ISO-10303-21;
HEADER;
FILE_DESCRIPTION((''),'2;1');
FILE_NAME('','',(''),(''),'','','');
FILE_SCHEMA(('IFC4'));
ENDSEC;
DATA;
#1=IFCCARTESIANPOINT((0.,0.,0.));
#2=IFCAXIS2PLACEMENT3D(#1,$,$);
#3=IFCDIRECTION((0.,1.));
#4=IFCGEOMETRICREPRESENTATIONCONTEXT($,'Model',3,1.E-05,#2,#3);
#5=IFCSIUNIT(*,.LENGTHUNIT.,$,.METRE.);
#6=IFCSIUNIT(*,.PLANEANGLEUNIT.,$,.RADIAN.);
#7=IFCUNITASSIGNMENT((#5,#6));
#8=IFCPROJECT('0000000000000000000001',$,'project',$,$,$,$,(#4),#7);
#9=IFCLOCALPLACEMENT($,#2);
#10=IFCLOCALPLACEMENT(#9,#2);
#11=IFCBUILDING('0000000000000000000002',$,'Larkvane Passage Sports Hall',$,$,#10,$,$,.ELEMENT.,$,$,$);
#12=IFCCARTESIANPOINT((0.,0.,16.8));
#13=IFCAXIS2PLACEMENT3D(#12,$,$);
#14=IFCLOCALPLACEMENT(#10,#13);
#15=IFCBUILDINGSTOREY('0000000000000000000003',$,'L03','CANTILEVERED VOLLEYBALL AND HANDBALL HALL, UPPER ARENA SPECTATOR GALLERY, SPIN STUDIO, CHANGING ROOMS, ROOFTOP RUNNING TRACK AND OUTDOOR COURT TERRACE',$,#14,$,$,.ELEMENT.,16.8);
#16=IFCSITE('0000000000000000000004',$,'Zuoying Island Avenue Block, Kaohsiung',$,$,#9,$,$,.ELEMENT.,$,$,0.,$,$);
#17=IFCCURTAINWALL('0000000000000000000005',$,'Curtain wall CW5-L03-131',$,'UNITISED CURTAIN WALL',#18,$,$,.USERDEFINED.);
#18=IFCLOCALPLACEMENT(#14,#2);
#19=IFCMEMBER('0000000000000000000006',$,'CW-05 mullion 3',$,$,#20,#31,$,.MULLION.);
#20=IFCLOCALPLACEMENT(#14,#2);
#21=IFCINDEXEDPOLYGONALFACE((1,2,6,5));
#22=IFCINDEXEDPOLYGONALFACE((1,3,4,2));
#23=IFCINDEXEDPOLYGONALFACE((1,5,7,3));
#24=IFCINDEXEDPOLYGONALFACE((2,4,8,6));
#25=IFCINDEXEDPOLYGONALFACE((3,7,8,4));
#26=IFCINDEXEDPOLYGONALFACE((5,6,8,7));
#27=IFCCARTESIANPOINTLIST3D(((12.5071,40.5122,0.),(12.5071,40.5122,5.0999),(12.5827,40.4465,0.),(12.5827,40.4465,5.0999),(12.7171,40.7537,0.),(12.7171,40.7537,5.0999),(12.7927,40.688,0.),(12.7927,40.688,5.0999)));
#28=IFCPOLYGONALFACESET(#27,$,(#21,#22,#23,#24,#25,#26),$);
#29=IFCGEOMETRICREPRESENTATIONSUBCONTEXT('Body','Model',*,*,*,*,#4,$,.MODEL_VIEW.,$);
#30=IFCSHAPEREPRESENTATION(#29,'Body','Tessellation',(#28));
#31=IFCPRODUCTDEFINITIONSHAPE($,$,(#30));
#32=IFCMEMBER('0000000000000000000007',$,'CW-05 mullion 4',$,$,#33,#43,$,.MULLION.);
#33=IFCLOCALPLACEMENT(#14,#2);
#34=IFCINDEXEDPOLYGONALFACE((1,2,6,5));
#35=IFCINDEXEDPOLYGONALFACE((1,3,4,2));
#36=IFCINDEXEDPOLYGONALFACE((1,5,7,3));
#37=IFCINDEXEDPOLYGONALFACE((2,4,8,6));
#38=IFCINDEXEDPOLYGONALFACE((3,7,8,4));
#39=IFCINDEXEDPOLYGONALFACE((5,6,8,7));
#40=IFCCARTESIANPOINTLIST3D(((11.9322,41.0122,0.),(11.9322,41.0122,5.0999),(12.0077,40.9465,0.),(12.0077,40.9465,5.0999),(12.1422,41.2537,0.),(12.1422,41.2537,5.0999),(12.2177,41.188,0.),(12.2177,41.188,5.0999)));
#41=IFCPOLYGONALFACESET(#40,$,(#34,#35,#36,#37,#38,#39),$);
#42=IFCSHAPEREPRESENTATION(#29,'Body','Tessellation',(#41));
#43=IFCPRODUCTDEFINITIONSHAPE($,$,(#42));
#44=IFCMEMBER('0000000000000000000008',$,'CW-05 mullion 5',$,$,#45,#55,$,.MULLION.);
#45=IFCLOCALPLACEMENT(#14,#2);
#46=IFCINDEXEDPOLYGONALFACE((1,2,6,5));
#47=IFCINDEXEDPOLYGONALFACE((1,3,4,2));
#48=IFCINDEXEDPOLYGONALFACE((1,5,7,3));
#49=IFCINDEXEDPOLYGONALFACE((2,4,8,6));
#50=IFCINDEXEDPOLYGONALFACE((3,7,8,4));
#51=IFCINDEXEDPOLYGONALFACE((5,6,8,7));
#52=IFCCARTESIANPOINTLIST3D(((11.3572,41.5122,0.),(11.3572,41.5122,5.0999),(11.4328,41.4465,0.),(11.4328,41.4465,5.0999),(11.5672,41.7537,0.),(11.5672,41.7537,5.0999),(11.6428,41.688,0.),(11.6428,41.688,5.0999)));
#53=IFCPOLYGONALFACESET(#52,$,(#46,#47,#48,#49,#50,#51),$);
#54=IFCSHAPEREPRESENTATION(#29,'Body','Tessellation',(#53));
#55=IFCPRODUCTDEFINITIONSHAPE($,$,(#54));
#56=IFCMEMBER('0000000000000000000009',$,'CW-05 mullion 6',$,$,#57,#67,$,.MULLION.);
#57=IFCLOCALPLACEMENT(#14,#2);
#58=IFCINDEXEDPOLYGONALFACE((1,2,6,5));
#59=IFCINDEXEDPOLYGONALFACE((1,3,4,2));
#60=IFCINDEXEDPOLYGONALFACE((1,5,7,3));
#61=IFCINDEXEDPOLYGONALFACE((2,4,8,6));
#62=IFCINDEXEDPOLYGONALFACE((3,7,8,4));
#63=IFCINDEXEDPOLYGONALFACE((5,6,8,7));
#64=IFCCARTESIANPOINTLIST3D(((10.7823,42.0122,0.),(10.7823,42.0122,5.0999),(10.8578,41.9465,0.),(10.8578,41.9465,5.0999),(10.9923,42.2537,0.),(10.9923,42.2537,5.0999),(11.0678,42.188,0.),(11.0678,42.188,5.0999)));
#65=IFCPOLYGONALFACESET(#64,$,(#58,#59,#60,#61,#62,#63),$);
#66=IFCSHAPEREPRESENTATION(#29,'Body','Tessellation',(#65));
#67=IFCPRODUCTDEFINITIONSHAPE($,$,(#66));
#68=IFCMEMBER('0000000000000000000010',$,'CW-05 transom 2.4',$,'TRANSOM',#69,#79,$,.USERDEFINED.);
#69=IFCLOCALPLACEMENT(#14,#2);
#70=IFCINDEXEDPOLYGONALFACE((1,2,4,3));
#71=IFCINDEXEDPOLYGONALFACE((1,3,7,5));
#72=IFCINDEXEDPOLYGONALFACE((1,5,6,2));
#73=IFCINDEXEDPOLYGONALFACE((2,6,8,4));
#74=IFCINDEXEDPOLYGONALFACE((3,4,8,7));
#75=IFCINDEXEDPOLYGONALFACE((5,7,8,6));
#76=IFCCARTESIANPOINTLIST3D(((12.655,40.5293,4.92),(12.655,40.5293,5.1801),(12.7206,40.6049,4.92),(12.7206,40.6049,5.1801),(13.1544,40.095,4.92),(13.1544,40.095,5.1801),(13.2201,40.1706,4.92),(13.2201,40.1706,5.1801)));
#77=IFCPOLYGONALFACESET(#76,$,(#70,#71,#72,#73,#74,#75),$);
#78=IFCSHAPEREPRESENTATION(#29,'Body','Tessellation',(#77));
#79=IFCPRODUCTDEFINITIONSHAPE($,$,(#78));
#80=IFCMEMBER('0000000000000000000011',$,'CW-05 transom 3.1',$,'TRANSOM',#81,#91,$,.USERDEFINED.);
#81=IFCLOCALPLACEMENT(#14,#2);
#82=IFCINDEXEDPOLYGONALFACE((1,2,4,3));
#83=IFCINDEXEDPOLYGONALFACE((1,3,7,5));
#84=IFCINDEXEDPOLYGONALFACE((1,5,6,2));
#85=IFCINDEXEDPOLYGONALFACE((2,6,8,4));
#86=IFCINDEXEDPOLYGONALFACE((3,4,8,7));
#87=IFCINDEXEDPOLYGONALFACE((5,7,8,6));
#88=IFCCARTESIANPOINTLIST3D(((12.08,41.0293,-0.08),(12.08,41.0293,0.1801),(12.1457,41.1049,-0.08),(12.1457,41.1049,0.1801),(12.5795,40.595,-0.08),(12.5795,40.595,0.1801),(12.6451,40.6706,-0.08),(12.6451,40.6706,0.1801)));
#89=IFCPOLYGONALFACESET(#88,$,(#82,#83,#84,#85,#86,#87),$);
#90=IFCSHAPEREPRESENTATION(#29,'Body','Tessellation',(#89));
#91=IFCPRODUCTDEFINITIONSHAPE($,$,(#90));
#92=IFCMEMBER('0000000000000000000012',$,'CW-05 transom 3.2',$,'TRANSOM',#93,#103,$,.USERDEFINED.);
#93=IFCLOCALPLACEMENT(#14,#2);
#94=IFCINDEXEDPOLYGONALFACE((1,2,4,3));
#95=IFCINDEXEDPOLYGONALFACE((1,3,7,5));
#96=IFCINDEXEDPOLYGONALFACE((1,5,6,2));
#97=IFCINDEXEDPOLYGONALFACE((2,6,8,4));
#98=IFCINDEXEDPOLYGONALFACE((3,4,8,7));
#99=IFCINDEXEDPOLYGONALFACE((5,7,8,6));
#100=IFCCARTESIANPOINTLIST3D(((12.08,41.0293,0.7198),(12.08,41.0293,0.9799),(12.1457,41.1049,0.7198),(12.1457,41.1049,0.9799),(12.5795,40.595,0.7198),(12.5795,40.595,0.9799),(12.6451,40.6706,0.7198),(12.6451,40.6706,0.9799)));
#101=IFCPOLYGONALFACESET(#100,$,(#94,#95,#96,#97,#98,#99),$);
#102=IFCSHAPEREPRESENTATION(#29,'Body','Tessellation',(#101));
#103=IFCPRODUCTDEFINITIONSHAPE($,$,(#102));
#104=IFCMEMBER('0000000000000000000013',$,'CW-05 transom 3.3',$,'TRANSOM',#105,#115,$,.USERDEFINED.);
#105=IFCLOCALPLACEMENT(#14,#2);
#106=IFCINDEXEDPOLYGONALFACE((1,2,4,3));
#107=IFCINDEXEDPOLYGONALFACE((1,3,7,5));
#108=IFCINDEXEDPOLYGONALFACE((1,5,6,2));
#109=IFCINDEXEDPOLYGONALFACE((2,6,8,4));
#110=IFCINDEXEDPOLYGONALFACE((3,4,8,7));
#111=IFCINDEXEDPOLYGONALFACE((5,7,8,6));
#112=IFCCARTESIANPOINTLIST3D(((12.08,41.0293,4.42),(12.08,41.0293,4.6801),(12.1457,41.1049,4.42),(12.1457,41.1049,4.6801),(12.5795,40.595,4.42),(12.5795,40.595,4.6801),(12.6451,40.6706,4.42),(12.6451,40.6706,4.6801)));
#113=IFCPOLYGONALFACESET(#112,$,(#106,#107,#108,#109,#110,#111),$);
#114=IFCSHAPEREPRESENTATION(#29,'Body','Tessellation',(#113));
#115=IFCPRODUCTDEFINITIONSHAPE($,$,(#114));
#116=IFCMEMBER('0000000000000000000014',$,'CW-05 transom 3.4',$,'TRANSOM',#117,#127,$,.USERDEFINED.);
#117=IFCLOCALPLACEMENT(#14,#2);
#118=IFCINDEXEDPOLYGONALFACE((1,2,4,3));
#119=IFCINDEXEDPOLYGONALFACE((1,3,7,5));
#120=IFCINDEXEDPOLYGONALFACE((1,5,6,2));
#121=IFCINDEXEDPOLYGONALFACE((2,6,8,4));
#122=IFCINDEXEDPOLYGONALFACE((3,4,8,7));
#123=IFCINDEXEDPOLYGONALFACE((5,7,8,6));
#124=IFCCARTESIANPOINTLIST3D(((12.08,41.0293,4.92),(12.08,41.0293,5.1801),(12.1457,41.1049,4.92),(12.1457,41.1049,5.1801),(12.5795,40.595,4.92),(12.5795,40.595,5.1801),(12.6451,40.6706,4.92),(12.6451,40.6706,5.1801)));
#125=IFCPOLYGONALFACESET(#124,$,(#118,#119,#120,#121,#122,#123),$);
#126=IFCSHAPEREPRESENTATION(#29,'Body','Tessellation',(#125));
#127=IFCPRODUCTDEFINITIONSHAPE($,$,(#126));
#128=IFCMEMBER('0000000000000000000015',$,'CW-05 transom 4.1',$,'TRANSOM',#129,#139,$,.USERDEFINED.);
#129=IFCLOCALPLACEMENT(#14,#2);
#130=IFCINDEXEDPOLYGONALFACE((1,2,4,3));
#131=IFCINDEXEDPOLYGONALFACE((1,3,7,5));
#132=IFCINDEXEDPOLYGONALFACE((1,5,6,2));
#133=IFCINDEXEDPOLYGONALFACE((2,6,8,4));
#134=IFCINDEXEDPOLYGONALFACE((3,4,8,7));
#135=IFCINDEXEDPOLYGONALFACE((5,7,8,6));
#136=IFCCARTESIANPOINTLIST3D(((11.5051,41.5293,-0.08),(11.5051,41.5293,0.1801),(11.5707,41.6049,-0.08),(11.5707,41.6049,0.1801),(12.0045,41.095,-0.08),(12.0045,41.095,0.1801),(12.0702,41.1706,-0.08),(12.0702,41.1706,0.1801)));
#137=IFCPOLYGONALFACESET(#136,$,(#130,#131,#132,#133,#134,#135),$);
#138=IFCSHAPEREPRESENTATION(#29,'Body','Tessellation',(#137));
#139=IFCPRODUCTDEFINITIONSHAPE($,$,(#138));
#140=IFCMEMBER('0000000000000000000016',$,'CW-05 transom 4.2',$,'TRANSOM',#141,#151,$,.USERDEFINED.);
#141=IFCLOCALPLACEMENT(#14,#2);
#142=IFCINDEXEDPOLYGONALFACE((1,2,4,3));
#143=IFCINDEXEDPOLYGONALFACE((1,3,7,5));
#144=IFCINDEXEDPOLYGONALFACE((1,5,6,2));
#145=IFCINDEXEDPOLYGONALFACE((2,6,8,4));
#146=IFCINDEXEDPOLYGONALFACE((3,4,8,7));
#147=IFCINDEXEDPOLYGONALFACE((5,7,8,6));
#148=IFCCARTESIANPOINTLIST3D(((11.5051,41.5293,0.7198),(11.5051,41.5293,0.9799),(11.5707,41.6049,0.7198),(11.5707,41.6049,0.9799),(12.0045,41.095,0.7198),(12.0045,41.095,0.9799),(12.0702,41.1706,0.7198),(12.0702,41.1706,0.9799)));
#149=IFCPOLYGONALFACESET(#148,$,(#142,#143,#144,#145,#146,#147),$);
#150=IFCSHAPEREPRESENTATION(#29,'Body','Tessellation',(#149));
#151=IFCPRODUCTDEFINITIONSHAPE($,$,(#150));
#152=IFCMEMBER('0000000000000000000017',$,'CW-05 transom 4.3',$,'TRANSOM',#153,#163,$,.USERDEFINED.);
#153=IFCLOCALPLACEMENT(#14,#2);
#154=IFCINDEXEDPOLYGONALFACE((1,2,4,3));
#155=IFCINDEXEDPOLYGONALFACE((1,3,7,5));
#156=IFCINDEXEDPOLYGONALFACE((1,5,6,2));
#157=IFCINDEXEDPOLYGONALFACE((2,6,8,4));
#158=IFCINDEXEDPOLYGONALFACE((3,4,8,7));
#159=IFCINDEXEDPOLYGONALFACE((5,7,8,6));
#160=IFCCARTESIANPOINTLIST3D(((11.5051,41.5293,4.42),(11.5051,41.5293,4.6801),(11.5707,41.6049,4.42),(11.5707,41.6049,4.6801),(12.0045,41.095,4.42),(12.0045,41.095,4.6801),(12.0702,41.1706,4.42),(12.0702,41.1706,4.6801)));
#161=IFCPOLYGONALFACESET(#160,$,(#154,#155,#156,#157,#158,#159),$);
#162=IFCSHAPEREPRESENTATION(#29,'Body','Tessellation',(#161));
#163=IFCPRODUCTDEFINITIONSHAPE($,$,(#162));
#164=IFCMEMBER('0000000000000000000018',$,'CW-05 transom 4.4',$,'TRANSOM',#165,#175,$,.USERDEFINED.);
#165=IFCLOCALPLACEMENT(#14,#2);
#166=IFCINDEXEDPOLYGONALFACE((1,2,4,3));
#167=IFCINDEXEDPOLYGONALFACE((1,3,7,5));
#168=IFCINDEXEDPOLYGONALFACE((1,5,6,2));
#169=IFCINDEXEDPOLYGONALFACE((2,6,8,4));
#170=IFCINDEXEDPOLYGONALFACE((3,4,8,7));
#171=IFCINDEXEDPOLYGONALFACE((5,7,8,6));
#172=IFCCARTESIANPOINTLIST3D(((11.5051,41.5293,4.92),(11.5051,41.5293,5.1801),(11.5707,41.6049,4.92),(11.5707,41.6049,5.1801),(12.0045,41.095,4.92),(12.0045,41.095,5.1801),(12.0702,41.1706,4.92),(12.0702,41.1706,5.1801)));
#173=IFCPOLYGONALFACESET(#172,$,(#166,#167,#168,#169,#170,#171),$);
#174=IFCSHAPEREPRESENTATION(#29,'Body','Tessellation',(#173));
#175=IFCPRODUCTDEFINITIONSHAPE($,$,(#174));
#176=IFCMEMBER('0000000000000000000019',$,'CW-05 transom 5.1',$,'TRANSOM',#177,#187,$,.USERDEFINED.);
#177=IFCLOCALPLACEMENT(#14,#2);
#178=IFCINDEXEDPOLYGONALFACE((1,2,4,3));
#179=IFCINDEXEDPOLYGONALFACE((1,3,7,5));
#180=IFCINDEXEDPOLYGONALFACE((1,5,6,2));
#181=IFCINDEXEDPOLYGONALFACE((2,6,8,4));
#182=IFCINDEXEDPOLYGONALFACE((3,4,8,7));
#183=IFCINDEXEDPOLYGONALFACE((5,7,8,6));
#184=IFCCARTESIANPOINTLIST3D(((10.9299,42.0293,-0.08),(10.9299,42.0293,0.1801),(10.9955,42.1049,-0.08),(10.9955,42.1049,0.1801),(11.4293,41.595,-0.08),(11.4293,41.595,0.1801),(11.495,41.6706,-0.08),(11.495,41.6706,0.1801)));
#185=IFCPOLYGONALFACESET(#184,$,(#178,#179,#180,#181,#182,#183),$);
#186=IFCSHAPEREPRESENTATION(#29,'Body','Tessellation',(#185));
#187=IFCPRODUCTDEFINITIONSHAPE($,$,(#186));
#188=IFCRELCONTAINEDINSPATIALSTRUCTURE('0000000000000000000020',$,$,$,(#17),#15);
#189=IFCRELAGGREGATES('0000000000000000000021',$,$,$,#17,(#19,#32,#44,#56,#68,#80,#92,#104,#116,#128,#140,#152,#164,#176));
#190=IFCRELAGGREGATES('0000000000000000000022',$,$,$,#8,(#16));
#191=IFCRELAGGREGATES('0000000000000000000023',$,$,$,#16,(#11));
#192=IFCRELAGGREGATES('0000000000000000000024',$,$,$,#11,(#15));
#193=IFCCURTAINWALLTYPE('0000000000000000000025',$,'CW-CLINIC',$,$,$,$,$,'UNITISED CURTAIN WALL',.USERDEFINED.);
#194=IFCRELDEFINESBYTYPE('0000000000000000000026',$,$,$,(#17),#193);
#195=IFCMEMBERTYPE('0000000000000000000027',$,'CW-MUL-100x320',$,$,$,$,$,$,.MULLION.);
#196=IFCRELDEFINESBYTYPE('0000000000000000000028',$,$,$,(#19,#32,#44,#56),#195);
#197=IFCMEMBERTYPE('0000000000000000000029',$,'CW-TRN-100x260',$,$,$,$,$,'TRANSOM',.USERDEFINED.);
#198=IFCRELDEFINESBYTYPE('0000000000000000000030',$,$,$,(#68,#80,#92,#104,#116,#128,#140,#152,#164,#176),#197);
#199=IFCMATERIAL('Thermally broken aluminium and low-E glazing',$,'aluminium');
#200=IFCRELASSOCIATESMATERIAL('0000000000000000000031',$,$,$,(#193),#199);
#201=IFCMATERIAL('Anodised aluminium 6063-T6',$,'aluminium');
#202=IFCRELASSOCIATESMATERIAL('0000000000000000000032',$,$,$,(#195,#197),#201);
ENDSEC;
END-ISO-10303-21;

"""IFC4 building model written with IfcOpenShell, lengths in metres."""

from ifc_helpers import new_model, si_unit, direction, frame, origin, origin_2d, place, context, subcontext, project, spatial, rectangle, extrude, material, material_profile, profile_set, type_object, element, aggregate, save


model = new_model("IFC4")

# Units and contexts
model_context = context("Model", 3, precision=1e-05, world=origin(), true_north=direction((0.0, 1.0)))
body_context = subcontext(model_context, "Body", "Model", "MODEL_VIEW")
ifc_project = project(units=[si_unit("LENGTHUNIT", "METRE"), si_unit("PLANEANGLEUNIT", "RADIAN")], contexts=[model_context])

# Site, building, storey
site_placement = place(None, origin())
site = spatial("IfcSite", under=ifc_project, at=site_placement, Name="Zuoying Island Avenue Block, Kaohsiung", CompositionType="ELEMENT", RefElevation=0.0)
building_placement = place(site_placement, origin())
building = spatial("IfcBuilding", under=site, at=building_placement, Name="Larkvane Passage Sports Hall", CompositionType="ELEMENT")
storey_placement = place(building_placement, frame((0.0, 0.0, 16.8)))
storey = spatial("IfcBuildingStorey", under=building, at=storey_placement, Name="L03", Description="CANTILEVERED VOLLEYBALL AND HANDBALL HALL, UPPER ARENA SPECTATOR GALLERY, SPIN STUDIO, CHANGING ROOMS, ROOFTOP RUNNING TRACK AND OUTDOOR COURT TERRACE", CompositionType="ELEMENT", Elevation=16.8)

# Curtain wall, members
ifc_material_1 = material(Name="Thermally broken aluminium and low-E glazing", Category="aluminium")
curtain_wall_type = type_object("IfcCurtainWallType", Name="CW-CLINIC", ElementType="UNITISED CURTAIN WALL", PredefinedType="USERDEFINED", material=ifc_material_1)
curtain_wall_placement = place(storey_placement, origin())
curtain_wall = element("IfcCurtainWall", 1, at=curtain_wall_placement, inside=storey, type_object=curtain_wall_type, Name="Curtain wall CW5-L03-131", ObjectType="UNITISED CURTAIN WALL", PredefinedType="USERDEFINED")
ifc_material_2 = material(Name="Anodised aluminium 6063-T6", Category="aluminium")
ifc_material_profile_1 = material_profile(ifc_material_2, rectangle(XDim=0.1001, YDim=0.3201, at=origin_2d()), Name="ALU-MUL-100x320")
ifc_profile_set_1 = profile_set([ifc_material_profile_1], Name="Anodised aluminium 6063-T6")
member_type_1 = type_object("IfcMemberType", Name="CW-MUL-100x320", PredefinedType="MULLION", material=ifc_profile_set_1)
member_1_placement = place(storey_placement, frame((12.6499, 40.6001, 0.0), z_axis=(0.0, 0.0, 1.0), x_axis=(-0.754606, 0.656179, 0.0)))
member_1 = element("IfcMember", 2, at=member_1_placement, type_object=member_type_1, Name="CW-05 mullion 3", PredefinedType="MULLION", context=body_context, shape_type="SweptSolid", body=[
    extrude(rectangle(XDim=0.1001, YDim=0.3201, at=origin_2d()), origin(), (0.0, 0.0, 1.0), 5.0999),
])
member_2_placement = place(storey_placement, frame((12.075, 41.1001, 0.0), z_axis=(0.0, 0.0, 1.0), x_axis=(-0.754606, 0.656179, 0.0)))
member_2 = element("IfcMember", 3, at=member_2_placement, type_object=member_type_1, Name="CW-05 mullion 4", PredefinedType="MULLION", context=body_context, shape_type="SweptSolid", body=[
    extrude(rectangle(XDim=0.1001, YDim=0.3201, at=origin_2d()), origin(), (0.0, 0.0, 1.0), 5.0999),
])
member_3_placement = place(storey_placement, frame((11.5, 41.6001, 0.0), z_axis=(0.0, 0.0, 1.0), x_axis=(-0.754606, 0.656179, 0.0)))
member_3 = element("IfcMember", 4, at=member_3_placement, type_object=member_type_1, Name="CW-05 mullion 5", PredefinedType="MULLION", context=body_context, shape_type="SweptSolid", body=[
    extrude(rectangle(XDim=0.1001, YDim=0.3201, at=origin_2d()), origin(), (0.0, 0.0, 1.0), 5.0999),
])
member_4_placement = place(storey_placement, frame((10.925, 42.1001, 0.0), z_axis=(0.0, 0.0, 1.0), x_axis=(-0.754606, 0.656179, 0.0)))
member_4 = element("IfcMember", 5, at=member_4_placement, type_object=member_type_1, Name="CW-05 mullion 6", PredefinedType="MULLION", context=body_context, shape_type="SweptSolid", body=[
    extrude(rectangle(XDim=0.1001, YDim=0.3201, at=origin_2d()), origin(), (0.0, 0.0, 1.0), 5.0999),
])
ifc_material_profile_2 = material_profile(ifc_material_2, rectangle(XDim=0.1001, YDim=0.26, at=origin_2d()), Name="ALU-TRN-100x260")
ifc_profile_set_2 = profile_set([ifc_material_profile_2], Name="Anodised aluminium 6063-T6")
member_type_2 = type_object("IfcMemberType", Name="CW-TRN-100x260", ElementType="TRANSOM", PredefinedType="USERDEFINED", material=ifc_profile_set_2)
member_5_placement = place(storey_placement, frame((13.1873, 40.1328, 5.05), z_axis=(-0.754629, 0.656151, 0.0), x_axis=(-0.656151, -0.754629, 0.0)))
member_5 = element("IfcMember", 6, at=member_5_placement, type_object=member_type_2, Name="CW-05 transom 2.4", ObjectType="TRANSOM", PredefinedType="USERDEFINED", context=body_context, shape_type="SweptSolid", body=[
    extrude(rectangle(XDim=0.1001, YDim=0.26, at=origin_2d()), origin(), (0.0, 0.0, 1.0), 0.6619),
])
member_6_placement = place(storey_placement, frame((12.6123, 40.6328, 0.05), z_axis=(-0.754629, 0.656151, 0.0), x_axis=(-0.656151, -0.754629, 0.0)))
member_6 = element("IfcMember", 7, at=member_6_placement, type_object=member_type_2, Name="CW-05 transom 3.1", ObjectType="TRANSOM", PredefinedType="USERDEFINED", context=body_context, shape_type="SweptSolid", body=[
    extrude(rectangle(XDim=0.1001, YDim=0.26, at=origin_2d()), origin(), (0.0, 0.0, 1.0), 0.6619),
])
member_7_placement = place(storey_placement, frame((12.6123, 40.6328, 0.8499), z_axis=(-0.754629, 0.656151, 0.0), x_axis=(-0.656151, -0.754629, 0.0)))
member_7 = element("IfcMember", 8, at=member_7_placement, type_object=member_type_2, Name="CW-05 transom 3.2", ObjectType="TRANSOM", PredefinedType="USERDEFINED", context=body_context, shape_type="SweptSolid", body=[
    extrude(rectangle(XDim=0.1001, YDim=0.26, at=origin_2d()), origin(), (0.0, 0.0, 1.0), 0.6619),
])
member_8_placement = place(storey_placement, frame((12.6123, 40.6328, 4.55), z_axis=(-0.754629, 0.656151, 0.0), x_axis=(-0.656151, -0.754629, 0.0)))
member_8 = element("IfcMember", 9, at=member_8_placement, type_object=member_type_2, Name="CW-05 transom 3.3", ObjectType="TRANSOM", PredefinedType="USERDEFINED", context=body_context, shape_type="SweptSolid", body=[
    extrude(rectangle(XDim=0.1001, YDim=0.26, at=origin_2d()), origin(), (0.0, 0.0, 1.0), 0.6619),
])
member_9_placement = place(storey_placement, frame((12.6123, 40.6328, 5.05), z_axis=(-0.754629, 0.656151, 0.0), x_axis=(-0.656151, -0.754629, 0.0)))
member_9 = element("IfcMember", 10, at=member_9_placement, type_object=member_type_2, Name="CW-05 transom 3.4", ObjectType="TRANSOM", PredefinedType="USERDEFINED", context=body_context, shape_type="SweptSolid", body=[
    extrude(rectangle(XDim=0.1001, YDim=0.26, at=origin_2d()), origin(), (0.0, 0.0, 1.0), 0.6619),
])
member_10_placement = place(storey_placement, frame((12.0374, 41.1328, 0.05), z_axis=(-0.754629, 0.656151, 0.0), x_axis=(-0.656151, -0.754629, 0.0)))
member_10 = element("IfcMember", 11, at=member_10_placement, type_object=member_type_2, Name="CW-05 transom 4.1", ObjectType="TRANSOM", PredefinedType="USERDEFINED", context=body_context, shape_type="SweptSolid", body=[
    extrude(rectangle(XDim=0.1001, YDim=0.26, at=origin_2d()), origin(), (0.0, 0.0, 1.0), 0.6619),
])
member_11_placement = place(storey_placement, frame((12.0374, 41.1328, 0.8499), z_axis=(-0.754629, 0.656151, 0.0), x_axis=(-0.656151, -0.754629, 0.0)))
member_11 = element("IfcMember", 12, at=member_11_placement, type_object=member_type_2, Name="CW-05 transom 4.2", ObjectType="TRANSOM", PredefinedType="USERDEFINED", context=body_context, shape_type="SweptSolid", body=[
    extrude(rectangle(XDim=0.1001, YDim=0.26, at=origin_2d()), origin(), (0.0, 0.0, 1.0), 0.6619),
])
member_12_placement = place(storey_placement, frame((12.0374, 41.1328, 4.55), z_axis=(-0.754629, 0.656151, 0.0), x_axis=(-0.656151, -0.754629, 0.0)))
member_12 = element("IfcMember", 13, at=member_12_placement, type_object=member_type_2, Name="CW-05 transom 4.3", ObjectType="TRANSOM", PredefinedType="USERDEFINED", context=body_context, shape_type="SweptSolid", body=[
    extrude(rectangle(XDim=0.1001, YDim=0.26, at=origin_2d()), origin(), (0.0, 0.0, 1.0), 0.6619),
])
member_13_placement = place(storey_placement, frame((12.0374, 41.1328, 5.05), z_axis=(-0.754629, 0.656151, 0.0), x_axis=(-0.656151, -0.754629, 0.0)))
member_13 = element("IfcMember", 14, at=member_13_placement, type_object=member_type_2, Name="CW-05 transom 4.4", ObjectType="TRANSOM", PredefinedType="USERDEFINED", context=body_context, shape_type="SweptSolid", body=[
    extrude(rectangle(XDim=0.1001, YDim=0.26, at=origin_2d()), origin(), (0.0, 0.0, 1.0), 0.6619),
])
member_14_placement = place(storey_placement, frame((11.4622, 41.6328, 0.05), z_axis=(-0.754629, 0.656151, 0.0), x_axis=(-0.656151, -0.754629, 0.0)))
member_14 = element("IfcMember", 15, at=member_14_placement, type_object=member_type_2, Name="CW-05 transom 5.1", ObjectType="TRANSOM", PredefinedType="USERDEFINED", context=body_context, shape_type="SweptSolid", body=[
    extrude(rectangle(XDim=0.1001, YDim=0.26, at=origin_2d()), origin(), (0.0, 0.0, 1.0), 0.6619),
])
aggregate(curtain_wall, [member_1, member_2, member_3, member_4, member_5, member_6, member_7, member_8, member_9, member_10, member_11, member_12, member_13, member_14])

save(model, "model.ifc")
